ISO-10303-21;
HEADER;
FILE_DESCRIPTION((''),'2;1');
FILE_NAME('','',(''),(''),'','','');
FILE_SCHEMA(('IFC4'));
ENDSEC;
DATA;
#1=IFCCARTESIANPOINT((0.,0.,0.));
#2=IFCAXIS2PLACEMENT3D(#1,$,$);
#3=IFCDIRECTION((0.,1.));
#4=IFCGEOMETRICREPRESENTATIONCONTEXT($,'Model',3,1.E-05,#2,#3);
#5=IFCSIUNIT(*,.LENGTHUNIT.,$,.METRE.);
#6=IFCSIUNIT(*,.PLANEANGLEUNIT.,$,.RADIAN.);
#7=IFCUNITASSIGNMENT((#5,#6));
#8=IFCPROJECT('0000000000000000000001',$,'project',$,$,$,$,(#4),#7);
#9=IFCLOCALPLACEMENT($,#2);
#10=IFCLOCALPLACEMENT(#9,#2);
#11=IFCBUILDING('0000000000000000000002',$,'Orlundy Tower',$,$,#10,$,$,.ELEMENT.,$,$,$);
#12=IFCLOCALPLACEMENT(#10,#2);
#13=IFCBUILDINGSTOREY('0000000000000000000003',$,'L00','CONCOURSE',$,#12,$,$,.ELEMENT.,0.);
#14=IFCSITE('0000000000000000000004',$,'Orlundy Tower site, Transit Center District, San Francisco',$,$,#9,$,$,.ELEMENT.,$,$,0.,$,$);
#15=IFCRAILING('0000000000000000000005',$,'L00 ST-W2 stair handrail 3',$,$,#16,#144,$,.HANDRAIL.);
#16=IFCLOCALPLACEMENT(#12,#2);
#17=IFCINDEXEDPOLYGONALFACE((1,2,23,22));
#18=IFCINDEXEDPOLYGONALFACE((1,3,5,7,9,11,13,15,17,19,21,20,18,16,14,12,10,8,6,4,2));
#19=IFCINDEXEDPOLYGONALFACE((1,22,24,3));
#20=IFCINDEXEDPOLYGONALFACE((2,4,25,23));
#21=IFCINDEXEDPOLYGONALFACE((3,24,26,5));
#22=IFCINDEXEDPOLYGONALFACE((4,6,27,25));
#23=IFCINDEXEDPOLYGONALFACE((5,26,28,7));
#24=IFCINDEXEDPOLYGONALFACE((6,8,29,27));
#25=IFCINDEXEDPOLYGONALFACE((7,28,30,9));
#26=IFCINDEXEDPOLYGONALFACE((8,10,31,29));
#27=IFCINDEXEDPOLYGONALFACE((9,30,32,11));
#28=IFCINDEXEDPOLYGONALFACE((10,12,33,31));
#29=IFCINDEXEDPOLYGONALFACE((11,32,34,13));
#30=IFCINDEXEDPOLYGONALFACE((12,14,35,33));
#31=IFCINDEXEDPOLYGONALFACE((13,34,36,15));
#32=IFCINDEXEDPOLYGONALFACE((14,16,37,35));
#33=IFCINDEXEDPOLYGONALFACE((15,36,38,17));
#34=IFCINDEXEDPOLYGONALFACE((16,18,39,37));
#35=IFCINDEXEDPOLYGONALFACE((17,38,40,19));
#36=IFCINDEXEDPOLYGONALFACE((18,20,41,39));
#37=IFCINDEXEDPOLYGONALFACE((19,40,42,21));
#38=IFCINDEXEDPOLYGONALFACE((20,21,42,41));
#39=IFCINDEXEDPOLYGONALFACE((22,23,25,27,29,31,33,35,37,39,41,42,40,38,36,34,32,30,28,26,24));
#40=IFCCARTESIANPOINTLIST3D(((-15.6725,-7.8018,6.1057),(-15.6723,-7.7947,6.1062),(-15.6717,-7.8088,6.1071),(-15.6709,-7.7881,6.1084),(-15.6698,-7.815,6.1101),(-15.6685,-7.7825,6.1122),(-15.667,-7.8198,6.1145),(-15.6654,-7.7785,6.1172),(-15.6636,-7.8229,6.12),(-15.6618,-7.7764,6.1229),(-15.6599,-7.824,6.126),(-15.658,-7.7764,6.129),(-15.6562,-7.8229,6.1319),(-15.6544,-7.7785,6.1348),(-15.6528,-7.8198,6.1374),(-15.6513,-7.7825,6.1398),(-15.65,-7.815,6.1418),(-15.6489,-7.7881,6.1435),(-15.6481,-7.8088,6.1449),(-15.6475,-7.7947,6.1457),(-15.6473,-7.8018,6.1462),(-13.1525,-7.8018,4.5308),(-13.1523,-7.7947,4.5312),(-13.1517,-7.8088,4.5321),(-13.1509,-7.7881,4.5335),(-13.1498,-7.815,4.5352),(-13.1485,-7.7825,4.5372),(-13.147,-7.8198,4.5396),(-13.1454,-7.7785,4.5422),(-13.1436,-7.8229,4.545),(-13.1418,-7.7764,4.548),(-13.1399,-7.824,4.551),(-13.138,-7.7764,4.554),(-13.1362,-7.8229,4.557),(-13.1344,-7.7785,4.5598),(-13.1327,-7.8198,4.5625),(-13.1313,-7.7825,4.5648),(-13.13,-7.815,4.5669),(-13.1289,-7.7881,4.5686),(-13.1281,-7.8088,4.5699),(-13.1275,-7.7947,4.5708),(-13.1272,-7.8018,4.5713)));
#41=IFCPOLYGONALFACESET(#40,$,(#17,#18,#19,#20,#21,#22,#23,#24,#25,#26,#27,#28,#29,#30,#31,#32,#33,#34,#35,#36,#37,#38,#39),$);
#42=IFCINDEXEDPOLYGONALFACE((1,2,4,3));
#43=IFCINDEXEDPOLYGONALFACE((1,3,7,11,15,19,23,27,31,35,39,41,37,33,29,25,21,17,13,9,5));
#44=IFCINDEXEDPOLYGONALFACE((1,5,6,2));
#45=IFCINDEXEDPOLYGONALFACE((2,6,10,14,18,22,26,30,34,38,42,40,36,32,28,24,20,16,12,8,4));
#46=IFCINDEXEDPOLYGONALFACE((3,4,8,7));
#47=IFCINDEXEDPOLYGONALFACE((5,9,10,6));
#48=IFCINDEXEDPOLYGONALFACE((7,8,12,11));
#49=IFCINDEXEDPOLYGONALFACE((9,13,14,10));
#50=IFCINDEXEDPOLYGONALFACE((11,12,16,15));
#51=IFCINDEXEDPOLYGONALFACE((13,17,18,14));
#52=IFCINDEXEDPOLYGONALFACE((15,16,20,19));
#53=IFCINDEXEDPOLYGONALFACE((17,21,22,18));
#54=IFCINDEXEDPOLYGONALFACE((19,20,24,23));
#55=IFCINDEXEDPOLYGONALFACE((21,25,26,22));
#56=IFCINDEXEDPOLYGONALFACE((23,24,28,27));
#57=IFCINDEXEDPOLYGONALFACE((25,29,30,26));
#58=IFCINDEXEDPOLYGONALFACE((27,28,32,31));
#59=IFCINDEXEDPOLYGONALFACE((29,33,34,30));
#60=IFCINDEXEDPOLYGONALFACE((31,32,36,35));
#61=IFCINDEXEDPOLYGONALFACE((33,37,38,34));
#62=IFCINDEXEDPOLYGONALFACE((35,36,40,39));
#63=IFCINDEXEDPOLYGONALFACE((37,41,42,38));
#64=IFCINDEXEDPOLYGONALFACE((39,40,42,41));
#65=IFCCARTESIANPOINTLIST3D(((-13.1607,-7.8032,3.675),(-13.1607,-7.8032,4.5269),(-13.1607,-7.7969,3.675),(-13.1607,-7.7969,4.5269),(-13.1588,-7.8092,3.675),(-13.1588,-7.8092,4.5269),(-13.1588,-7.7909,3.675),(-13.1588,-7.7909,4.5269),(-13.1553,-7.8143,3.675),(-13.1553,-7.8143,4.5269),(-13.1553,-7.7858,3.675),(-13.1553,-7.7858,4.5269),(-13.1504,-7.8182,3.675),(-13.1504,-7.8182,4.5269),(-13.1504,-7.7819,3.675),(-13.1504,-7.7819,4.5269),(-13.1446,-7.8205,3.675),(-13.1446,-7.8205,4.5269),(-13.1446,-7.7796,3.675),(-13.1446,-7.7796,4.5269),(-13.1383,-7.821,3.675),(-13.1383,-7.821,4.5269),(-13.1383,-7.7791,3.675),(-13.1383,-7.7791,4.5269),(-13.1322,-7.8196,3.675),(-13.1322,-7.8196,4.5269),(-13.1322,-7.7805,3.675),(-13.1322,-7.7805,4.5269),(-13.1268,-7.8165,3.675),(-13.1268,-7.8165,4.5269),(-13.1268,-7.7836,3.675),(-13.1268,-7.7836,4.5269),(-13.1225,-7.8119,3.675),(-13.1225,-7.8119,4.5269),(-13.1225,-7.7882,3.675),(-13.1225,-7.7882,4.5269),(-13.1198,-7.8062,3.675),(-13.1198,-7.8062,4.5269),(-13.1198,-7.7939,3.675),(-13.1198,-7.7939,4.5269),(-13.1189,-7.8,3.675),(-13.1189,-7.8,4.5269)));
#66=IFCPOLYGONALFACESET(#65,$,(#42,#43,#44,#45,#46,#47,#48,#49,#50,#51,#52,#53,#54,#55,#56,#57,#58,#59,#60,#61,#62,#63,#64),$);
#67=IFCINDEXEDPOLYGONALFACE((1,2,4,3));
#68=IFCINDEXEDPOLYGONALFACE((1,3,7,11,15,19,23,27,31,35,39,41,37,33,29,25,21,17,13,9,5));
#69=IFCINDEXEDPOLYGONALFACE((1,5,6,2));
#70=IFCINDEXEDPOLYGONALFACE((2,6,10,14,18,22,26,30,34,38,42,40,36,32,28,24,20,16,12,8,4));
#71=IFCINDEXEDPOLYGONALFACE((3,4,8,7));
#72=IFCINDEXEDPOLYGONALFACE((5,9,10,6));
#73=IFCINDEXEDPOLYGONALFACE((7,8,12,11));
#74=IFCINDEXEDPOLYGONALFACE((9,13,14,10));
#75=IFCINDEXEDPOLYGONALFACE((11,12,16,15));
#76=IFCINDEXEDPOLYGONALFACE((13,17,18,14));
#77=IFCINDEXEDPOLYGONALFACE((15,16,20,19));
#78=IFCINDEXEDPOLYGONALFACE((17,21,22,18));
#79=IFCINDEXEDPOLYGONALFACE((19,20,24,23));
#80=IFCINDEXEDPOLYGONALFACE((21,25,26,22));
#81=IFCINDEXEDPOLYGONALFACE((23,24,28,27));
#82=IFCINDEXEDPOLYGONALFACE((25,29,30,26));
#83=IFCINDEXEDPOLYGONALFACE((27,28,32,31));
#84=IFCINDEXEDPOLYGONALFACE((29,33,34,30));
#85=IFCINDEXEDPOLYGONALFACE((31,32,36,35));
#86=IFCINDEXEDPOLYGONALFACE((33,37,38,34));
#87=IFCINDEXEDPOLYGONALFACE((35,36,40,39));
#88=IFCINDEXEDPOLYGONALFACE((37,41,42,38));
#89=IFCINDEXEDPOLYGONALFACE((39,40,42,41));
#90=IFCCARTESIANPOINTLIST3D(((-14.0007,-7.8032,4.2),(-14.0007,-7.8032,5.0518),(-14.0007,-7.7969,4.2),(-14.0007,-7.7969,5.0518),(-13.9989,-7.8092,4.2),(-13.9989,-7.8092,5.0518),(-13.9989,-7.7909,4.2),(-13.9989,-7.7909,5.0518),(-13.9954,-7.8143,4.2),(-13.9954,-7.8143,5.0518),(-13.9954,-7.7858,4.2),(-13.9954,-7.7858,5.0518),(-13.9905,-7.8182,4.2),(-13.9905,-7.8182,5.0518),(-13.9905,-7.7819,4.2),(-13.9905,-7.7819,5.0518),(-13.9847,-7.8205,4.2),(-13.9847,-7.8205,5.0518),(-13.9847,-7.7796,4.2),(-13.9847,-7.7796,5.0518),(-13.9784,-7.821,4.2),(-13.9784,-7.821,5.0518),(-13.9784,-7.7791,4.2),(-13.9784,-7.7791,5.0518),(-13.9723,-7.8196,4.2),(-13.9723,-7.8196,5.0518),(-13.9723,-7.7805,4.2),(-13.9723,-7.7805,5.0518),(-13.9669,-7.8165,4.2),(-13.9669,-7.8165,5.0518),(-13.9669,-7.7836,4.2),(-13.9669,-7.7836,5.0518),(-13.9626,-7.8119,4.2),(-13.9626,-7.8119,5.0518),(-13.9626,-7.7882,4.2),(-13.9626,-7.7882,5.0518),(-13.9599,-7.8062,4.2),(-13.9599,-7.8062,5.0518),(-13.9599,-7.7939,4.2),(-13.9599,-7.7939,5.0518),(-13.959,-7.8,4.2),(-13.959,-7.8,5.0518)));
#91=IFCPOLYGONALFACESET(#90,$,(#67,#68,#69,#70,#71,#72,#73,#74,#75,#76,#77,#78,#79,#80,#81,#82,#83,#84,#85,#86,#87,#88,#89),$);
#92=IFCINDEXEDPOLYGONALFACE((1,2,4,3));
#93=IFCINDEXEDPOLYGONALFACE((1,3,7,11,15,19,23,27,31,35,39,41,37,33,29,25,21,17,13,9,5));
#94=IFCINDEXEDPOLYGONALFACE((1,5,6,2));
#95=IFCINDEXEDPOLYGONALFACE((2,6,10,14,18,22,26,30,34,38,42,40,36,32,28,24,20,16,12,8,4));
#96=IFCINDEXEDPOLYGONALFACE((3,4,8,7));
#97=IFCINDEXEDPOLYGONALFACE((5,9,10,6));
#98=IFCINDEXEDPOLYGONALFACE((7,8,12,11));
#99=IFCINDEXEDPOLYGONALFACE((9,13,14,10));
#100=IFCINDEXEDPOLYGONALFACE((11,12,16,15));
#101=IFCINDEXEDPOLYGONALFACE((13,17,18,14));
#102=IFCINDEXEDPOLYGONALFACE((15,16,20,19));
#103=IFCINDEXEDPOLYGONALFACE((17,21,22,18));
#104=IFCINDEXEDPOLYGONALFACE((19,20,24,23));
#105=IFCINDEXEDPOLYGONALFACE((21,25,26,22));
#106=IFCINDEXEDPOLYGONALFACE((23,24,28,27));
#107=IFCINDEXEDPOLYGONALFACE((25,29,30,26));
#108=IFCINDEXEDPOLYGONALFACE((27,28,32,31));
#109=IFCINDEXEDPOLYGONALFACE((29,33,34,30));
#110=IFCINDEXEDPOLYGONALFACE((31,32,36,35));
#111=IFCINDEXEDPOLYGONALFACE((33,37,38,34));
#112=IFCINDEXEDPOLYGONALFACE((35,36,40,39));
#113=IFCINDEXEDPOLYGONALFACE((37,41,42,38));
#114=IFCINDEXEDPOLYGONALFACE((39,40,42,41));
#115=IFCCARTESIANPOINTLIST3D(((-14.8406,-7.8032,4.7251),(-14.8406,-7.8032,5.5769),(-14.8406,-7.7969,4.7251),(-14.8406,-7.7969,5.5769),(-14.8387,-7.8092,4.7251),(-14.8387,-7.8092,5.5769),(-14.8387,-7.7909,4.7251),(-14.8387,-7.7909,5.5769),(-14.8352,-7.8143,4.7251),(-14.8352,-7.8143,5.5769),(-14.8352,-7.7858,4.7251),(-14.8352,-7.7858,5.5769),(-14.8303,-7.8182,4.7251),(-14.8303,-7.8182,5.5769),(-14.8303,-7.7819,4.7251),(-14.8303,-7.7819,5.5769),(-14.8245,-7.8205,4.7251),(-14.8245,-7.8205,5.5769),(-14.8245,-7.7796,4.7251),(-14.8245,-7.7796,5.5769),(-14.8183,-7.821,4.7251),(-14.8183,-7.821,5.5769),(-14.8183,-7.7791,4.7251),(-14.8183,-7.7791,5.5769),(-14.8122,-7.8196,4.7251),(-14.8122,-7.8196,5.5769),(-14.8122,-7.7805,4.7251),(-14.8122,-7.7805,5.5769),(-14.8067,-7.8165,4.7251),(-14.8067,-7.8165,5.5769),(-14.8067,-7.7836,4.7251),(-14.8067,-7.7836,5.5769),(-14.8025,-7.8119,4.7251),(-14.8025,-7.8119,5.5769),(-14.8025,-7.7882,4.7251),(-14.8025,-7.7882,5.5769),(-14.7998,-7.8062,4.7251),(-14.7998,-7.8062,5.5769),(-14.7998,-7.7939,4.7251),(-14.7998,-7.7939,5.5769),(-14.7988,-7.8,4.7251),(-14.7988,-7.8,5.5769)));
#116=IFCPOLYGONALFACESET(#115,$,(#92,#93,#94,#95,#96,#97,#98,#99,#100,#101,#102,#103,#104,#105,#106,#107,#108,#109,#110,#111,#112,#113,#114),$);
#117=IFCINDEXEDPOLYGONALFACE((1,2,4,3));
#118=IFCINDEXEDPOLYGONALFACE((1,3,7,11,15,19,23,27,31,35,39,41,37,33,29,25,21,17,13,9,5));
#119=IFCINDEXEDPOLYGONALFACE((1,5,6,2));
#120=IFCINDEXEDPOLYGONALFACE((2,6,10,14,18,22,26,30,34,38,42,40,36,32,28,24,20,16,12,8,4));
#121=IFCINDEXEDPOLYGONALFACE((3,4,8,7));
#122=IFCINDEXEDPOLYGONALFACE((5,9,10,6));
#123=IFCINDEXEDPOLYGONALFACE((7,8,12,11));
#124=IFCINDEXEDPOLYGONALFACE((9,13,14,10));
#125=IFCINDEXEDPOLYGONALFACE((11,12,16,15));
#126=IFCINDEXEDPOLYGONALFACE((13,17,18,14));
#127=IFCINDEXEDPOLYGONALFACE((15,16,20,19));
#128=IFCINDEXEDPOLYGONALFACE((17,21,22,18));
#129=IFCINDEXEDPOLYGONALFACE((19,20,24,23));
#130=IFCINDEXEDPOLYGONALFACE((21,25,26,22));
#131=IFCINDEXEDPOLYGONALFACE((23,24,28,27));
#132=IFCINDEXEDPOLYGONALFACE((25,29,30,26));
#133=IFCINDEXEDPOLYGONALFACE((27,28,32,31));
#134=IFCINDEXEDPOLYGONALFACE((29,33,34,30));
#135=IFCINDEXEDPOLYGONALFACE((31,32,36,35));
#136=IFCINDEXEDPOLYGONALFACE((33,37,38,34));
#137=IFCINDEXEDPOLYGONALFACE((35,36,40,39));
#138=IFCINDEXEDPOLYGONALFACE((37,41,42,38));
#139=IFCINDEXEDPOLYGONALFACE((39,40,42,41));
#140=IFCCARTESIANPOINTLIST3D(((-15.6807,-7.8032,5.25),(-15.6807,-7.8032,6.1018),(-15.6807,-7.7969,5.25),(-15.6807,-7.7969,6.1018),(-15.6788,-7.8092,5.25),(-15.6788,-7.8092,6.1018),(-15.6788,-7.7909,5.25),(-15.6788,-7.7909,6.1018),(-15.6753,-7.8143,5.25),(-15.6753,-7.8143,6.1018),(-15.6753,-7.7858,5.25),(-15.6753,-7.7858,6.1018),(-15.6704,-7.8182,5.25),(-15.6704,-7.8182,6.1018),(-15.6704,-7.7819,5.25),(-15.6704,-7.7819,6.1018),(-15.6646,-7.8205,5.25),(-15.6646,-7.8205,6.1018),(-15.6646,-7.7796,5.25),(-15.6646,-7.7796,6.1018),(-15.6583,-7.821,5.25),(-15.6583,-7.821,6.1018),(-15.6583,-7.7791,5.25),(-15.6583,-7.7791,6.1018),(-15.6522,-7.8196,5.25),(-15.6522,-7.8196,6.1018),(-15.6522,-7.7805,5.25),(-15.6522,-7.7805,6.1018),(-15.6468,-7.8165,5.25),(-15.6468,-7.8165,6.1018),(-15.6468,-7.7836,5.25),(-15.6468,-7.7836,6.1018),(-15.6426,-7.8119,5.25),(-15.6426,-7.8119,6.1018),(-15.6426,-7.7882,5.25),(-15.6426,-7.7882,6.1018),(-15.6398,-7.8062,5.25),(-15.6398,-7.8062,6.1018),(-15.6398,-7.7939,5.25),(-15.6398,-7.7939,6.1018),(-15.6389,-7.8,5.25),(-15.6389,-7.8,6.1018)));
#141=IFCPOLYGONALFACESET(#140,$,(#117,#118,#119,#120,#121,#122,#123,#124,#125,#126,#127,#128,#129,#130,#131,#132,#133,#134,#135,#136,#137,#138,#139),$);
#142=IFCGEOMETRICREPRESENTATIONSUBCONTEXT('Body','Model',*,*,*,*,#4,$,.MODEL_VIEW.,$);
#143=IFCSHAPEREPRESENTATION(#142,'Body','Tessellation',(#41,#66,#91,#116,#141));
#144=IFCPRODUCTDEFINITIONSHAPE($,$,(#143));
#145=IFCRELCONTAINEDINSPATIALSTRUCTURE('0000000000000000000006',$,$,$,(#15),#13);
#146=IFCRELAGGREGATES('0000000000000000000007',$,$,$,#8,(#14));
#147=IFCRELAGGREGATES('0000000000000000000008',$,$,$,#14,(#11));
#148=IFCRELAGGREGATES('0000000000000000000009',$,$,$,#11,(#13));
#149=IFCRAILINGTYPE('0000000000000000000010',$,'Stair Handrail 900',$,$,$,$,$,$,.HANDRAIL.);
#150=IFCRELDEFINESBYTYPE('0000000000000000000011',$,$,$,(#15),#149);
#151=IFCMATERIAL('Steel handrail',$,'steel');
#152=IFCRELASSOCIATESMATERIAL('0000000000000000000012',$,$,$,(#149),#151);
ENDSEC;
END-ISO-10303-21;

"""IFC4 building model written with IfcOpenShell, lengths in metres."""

from ifc_helpers import new_model, si_unit, direction, frame, origin, origin_2d, place, context, subcontext, project, spatial, circle, extrude, material, type_object, element, save


model = new_model("IFC4")

# Units and contexts
model_context = context("Model", 3, precision=1e-05, world=origin(), true_north=direction((0.0, 1.0)))
body_context = subcontext(model_context, "Body", "Model", "MODEL_VIEW")
ifc_project = project(units=[si_unit("LENGTHUNIT", "METRE"), si_unit("PLANEANGLEUNIT", "RADIAN")], contexts=[model_context])

# Site, building, storey
site_placement = place(None, origin())
site = spatial("IfcSite", under=ifc_project, at=site_placement, Name="Orlundy Tower site, Transit Center District, San Francisco", CompositionType="ELEMENT", RefElevation=0.0)
building_placement = place(site_placement, origin())
building = spatial("IfcBuilding", under=site, at=building_placement, Name="Orlundy Tower", CompositionType="ELEMENT")
storey_placement = place(building_placement, origin())
storey = spatial("IfcBuildingStorey", under=building, at=storey_placement, Name="L00", Description="CONCOURSE", CompositionType="ELEMENT", Elevation=0.0)

# Railing
ifc_material_1 = material(Name="Steel handrail", Category="steel")
railing_type_1 = type_object("IfcRailingType", Name="Stair Handrail 900", PredefinedType="HANDRAIL", material=ifc_material_1)
for number, where, name in (
    (1, (-13.1399, -7.8, 3.675), "L00 ST-W2 stair handrail 3"),
):
    element("IfcRailing", number, at=place(storey_placement, frame(where)), inside=storey, type_object=railing_type_1, Name=name, PredefinedType="HANDRAIL", context=body_context, shape_type="SweptSolid", body=[
        extrude(circle(Radius=0.0239, at=origin_2d()), frame((0.0, 0.0, 0.876), z_axis=(-0.848008, 0.0, 0.529984), x_axis=(0.0, -1.0, 0.0)), (0.0, 0.0, 1.0), 2.9717),
        extrude(circle(Radius=0.021, at=origin_2d()), origin(), (0.0, 0.0, 1.0), 0.8518),
        extrude(circle(Radius=0.021, at=origin_2d()), frame((-0.8401, 0.0, 0.5249)), (0.0, 0.0, 1.0), 0.8518),
        extrude(circle(Radius=0.021, at=origin_2d()), frame((-1.6799, 0.0, 1.05)), (0.0, 0.0, 1.0), 0.8518),
        extrude(circle(Radius=0.021, at=origin_2d()), frame((-2.52, 0.0, 1.575)), (0.0, 0.0, 1.0), 0.8518),
    ])

save(model, "model.ifc")
